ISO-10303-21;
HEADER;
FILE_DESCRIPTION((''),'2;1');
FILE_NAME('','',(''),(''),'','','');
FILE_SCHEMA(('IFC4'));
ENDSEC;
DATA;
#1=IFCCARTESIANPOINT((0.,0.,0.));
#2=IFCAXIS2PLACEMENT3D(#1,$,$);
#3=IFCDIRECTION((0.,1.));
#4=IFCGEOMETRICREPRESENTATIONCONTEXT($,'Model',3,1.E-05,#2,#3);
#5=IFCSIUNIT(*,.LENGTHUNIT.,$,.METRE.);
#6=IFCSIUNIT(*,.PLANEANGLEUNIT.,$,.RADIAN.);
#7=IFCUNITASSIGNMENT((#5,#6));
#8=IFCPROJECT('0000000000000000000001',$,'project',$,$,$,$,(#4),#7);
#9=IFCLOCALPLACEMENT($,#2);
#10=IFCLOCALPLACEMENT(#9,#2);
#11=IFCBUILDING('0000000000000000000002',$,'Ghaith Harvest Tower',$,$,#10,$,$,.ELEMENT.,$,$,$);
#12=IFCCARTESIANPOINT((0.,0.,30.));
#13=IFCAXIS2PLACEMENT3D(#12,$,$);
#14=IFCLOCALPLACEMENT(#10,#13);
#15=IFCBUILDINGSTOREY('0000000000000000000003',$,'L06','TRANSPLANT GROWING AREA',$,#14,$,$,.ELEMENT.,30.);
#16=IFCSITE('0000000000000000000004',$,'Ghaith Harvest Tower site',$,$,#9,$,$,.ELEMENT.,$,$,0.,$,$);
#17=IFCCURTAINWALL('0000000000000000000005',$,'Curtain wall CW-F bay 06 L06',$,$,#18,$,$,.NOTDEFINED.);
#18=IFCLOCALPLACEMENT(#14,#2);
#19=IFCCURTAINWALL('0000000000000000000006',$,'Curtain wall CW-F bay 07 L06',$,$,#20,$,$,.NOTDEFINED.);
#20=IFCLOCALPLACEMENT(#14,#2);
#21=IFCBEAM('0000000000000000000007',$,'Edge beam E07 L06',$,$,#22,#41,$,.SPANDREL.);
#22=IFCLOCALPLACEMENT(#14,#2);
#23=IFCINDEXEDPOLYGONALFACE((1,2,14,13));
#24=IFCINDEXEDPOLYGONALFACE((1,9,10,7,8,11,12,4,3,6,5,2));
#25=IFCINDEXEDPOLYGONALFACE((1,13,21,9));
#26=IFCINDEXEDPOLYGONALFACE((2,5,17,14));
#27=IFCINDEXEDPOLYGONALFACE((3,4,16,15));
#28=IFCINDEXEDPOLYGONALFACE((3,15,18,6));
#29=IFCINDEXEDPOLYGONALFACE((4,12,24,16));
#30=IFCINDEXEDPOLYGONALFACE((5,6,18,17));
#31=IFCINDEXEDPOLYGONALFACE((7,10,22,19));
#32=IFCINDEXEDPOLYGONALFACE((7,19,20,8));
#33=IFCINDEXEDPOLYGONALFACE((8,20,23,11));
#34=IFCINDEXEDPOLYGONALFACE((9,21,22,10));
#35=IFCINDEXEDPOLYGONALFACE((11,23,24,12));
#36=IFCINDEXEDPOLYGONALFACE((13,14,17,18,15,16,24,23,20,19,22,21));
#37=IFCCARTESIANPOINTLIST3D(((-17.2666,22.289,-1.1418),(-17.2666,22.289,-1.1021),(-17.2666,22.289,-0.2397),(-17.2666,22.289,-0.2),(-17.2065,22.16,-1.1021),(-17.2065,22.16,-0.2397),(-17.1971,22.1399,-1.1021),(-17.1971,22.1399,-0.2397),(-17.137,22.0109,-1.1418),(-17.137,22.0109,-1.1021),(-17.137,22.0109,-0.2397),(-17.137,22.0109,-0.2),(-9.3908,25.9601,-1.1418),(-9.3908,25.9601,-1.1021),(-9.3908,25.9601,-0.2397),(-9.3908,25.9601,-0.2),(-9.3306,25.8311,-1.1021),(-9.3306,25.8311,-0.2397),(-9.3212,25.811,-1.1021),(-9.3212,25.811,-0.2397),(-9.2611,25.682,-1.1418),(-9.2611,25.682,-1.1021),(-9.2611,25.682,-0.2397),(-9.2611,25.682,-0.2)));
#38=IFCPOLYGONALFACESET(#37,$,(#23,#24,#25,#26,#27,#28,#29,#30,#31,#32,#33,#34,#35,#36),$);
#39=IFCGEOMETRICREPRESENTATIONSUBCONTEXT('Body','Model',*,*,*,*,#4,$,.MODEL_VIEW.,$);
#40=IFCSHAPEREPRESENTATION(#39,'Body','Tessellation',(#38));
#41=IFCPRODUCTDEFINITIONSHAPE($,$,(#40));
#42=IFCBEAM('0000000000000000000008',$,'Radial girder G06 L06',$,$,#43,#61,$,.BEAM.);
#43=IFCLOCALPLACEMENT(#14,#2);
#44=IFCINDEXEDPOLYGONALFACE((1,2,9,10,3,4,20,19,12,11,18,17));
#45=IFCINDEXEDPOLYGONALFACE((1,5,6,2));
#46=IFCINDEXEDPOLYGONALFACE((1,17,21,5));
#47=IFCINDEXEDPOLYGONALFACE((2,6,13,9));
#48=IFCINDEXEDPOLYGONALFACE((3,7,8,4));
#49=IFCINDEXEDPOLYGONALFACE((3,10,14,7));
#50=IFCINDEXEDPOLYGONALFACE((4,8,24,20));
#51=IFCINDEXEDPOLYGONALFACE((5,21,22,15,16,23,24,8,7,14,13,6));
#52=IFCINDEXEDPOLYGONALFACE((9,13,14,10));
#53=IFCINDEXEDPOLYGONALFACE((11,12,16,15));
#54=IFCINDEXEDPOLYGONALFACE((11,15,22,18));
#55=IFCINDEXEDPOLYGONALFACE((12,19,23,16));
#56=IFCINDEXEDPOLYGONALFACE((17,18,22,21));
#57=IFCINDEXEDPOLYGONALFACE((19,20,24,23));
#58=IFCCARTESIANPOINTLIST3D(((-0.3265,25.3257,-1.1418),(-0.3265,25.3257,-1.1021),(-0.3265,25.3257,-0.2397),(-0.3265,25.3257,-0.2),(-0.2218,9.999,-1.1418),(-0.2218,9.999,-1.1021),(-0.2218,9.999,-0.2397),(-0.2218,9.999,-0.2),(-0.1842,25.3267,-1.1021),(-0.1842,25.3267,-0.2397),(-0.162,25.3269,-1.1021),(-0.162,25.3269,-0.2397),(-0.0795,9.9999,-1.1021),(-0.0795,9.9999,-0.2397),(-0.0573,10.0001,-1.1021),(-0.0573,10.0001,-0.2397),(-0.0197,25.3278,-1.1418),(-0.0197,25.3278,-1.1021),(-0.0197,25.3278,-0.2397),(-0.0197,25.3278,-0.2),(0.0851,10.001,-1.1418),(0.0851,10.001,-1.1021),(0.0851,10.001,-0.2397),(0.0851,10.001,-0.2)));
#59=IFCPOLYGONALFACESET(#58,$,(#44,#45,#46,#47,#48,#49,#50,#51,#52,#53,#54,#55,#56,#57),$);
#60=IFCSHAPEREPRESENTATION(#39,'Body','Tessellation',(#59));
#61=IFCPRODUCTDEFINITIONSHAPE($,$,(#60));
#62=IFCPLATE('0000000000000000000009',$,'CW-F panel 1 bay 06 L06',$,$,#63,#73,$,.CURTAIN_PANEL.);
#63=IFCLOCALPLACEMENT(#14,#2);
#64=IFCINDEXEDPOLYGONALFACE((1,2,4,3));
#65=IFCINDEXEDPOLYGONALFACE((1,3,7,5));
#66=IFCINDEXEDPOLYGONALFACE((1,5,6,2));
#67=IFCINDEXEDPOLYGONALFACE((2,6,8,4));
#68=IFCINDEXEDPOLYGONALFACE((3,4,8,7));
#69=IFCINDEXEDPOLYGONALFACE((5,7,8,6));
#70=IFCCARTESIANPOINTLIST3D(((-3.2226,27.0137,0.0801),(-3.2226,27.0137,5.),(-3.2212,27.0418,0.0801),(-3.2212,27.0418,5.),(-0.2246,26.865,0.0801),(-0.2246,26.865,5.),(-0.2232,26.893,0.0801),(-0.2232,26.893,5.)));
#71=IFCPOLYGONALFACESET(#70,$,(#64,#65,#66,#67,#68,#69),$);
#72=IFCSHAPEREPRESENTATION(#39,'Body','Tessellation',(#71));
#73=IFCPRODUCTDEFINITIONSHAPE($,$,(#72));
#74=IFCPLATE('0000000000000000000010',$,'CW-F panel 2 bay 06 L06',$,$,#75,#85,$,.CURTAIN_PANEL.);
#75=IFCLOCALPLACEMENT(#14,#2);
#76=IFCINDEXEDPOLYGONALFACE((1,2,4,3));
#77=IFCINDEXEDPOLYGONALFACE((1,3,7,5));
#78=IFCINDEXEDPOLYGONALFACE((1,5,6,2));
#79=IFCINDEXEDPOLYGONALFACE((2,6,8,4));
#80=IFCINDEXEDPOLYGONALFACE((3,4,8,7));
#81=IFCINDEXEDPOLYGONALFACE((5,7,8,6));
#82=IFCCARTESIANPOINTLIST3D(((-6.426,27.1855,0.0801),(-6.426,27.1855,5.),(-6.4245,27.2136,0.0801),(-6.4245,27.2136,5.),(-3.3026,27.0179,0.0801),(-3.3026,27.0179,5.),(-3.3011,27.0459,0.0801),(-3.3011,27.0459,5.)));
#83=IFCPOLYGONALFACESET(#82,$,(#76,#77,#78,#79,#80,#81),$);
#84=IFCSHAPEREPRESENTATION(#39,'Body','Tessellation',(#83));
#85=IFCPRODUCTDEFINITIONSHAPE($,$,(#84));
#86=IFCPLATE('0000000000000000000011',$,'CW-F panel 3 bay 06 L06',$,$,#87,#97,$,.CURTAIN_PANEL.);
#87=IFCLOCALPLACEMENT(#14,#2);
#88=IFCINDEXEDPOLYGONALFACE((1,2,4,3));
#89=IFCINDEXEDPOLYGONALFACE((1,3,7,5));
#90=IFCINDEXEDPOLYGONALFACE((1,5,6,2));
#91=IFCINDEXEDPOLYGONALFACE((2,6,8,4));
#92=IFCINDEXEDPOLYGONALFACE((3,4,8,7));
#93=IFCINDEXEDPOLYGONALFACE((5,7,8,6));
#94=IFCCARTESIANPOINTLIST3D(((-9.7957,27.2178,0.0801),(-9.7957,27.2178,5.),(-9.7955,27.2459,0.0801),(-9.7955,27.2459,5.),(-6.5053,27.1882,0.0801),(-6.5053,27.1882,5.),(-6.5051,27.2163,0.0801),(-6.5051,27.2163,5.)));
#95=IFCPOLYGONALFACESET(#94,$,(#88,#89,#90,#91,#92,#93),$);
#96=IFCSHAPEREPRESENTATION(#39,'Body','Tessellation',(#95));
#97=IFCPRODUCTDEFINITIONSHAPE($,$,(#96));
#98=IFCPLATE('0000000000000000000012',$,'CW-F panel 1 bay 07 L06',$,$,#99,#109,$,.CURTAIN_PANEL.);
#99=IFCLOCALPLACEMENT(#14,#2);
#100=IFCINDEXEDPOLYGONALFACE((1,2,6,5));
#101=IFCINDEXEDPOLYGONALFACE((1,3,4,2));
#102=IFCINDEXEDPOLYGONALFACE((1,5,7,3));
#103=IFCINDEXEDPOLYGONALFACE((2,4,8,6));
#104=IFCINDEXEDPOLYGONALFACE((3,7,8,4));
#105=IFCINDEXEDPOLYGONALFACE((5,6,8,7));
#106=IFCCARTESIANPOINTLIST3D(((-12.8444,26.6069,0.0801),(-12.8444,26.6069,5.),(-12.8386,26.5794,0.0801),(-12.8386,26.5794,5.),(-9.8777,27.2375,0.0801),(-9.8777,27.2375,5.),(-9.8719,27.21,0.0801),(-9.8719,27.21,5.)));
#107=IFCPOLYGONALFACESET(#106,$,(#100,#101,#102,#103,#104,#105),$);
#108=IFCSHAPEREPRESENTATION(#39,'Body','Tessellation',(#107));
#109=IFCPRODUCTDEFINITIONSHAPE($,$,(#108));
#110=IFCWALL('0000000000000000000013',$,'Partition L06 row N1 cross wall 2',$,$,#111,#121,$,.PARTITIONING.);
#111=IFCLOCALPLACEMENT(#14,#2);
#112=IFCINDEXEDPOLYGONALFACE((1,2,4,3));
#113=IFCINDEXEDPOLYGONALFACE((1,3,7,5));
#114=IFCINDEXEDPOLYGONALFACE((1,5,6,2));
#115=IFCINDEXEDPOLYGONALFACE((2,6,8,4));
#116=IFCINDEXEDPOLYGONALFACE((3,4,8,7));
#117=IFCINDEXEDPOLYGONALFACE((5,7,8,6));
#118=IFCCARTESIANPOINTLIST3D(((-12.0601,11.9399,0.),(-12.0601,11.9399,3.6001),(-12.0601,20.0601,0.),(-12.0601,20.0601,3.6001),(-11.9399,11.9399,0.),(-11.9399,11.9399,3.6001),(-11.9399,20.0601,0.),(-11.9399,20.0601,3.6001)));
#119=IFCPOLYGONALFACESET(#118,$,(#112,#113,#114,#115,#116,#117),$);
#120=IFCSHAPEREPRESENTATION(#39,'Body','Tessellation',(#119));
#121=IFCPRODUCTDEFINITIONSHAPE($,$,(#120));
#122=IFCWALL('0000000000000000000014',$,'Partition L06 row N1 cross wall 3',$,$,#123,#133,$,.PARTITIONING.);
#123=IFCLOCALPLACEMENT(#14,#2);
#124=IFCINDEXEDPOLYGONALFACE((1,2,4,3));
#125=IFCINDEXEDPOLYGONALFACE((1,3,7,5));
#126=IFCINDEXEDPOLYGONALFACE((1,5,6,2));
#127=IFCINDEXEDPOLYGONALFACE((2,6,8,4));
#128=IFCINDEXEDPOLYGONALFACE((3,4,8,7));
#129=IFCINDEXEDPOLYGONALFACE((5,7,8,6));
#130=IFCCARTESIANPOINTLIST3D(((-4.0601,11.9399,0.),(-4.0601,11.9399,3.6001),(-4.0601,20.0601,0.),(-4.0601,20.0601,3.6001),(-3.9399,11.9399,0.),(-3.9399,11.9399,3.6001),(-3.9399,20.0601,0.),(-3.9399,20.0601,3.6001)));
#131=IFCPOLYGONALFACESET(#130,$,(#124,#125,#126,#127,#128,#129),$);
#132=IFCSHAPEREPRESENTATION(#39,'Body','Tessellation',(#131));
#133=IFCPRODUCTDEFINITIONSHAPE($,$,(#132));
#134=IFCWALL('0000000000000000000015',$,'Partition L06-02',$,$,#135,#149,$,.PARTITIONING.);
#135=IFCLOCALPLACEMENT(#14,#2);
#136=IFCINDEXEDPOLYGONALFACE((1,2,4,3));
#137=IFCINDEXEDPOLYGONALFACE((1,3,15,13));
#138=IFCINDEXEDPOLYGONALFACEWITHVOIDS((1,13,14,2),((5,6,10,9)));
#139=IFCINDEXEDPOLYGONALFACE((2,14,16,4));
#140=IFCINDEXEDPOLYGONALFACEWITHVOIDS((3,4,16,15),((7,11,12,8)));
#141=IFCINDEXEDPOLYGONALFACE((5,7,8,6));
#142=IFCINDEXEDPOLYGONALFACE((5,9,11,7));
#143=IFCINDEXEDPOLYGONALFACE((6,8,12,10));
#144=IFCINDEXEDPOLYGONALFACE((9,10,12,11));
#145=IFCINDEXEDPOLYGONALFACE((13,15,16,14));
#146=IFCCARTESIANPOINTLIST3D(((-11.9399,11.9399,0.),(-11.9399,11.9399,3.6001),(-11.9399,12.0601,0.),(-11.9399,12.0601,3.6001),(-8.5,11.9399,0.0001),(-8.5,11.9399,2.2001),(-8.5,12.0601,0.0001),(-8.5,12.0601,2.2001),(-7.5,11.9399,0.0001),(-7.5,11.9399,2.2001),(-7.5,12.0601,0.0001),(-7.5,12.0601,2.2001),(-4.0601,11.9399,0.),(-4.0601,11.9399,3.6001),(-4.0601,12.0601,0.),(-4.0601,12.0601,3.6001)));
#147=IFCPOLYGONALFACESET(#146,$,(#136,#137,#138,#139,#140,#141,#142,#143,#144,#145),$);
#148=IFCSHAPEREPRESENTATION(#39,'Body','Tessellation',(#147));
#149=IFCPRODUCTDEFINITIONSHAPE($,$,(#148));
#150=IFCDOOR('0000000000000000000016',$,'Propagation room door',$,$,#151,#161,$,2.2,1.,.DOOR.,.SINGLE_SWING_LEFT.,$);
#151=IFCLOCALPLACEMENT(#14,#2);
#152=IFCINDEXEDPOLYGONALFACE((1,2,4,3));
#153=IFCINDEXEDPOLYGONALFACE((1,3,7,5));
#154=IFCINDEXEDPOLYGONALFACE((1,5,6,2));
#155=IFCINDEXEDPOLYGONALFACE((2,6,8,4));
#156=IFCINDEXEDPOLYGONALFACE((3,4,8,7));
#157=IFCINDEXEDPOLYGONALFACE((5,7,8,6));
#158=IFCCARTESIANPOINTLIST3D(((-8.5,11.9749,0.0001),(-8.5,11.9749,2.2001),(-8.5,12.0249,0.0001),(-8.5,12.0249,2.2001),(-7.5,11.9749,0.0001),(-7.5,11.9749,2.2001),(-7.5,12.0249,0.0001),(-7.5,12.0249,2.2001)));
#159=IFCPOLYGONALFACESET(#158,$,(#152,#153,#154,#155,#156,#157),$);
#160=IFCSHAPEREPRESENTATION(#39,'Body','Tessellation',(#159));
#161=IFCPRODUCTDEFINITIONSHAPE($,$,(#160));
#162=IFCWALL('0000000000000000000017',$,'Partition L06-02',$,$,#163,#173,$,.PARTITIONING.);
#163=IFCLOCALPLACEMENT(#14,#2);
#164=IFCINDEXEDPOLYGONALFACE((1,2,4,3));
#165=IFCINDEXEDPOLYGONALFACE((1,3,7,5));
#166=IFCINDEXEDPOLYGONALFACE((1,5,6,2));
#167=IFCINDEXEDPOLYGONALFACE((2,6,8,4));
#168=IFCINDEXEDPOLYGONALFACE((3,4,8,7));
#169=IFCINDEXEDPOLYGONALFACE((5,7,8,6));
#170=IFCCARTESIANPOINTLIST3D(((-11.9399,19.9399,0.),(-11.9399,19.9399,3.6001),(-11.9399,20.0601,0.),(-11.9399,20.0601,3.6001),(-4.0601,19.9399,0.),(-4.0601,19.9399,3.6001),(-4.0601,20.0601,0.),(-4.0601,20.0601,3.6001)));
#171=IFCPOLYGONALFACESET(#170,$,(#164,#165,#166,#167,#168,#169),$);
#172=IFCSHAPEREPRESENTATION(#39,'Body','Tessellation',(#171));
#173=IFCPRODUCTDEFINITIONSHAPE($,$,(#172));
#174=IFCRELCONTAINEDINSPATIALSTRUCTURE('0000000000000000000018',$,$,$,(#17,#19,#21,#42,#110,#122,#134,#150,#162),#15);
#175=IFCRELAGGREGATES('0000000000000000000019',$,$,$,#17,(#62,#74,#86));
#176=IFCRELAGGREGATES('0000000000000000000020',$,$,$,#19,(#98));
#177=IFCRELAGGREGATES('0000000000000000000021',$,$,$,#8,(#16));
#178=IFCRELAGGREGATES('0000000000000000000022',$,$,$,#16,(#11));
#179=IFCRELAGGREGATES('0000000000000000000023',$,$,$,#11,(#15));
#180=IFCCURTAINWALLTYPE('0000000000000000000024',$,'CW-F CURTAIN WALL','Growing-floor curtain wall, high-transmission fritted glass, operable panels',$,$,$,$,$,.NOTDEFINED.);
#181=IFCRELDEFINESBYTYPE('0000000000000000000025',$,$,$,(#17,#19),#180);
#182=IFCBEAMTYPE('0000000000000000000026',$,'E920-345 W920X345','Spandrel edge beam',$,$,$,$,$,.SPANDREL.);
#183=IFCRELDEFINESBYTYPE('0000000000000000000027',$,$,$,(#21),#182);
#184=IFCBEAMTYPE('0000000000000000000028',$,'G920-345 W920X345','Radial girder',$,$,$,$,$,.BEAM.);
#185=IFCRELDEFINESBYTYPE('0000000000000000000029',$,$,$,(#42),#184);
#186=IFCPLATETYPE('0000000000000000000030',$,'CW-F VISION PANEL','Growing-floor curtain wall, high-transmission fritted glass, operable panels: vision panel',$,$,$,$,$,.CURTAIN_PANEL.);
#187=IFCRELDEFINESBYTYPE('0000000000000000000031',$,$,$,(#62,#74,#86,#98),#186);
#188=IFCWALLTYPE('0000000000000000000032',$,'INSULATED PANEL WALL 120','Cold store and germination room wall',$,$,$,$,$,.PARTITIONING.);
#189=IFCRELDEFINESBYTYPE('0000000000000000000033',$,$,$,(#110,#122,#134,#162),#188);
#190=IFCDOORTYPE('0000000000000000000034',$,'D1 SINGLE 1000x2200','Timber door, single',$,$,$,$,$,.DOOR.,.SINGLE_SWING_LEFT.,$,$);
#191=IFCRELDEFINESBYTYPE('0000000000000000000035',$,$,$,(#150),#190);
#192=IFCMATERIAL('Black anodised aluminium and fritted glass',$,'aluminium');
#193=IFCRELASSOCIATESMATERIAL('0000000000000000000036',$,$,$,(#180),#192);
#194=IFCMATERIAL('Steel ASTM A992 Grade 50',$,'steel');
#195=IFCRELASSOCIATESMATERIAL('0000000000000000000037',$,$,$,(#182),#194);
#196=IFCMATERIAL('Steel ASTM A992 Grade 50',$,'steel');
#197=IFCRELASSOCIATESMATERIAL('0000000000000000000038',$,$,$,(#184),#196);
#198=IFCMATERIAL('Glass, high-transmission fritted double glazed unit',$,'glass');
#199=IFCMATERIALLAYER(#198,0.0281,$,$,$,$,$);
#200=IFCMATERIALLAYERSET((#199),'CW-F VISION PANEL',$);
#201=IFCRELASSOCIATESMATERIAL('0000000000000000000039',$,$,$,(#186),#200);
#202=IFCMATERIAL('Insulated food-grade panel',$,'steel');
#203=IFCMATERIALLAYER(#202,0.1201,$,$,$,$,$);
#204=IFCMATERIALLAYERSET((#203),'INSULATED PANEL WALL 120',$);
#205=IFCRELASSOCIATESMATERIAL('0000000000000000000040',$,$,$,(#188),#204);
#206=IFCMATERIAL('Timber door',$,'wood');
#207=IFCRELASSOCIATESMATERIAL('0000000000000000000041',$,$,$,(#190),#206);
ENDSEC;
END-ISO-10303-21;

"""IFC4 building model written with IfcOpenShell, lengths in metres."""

from ifc_helpers import new_model, si_unit, direction, frame, frame_2d, origin, origin_2d, place, context, subcontext, project, spatial, rectangle, i_section, extrude, material, layer, layer_set, material_profile, profile_set, type_object, element, fill, aggregate, save


model = new_model("IFC4")

# Units and contexts
model_context = context("Model", 3, precision=1e-05, world=origin(), true_north=direction((0.0, 1.0)))
body_context = subcontext(model_context, "Body", "Model", "MODEL_VIEW")
ifc_project = project(units=[si_unit("LENGTHUNIT", "METRE"), si_unit("PLANEANGLEUNIT", "RADIAN")], contexts=[model_context])

# Site, building, storey
site_placement = place(None, origin())
site = spatial("IfcSite", under=ifc_project, at=site_placement, Name="Ghaith Harvest Tower site", CompositionType="ELEMENT", RefElevation=0.0)
building_placement = place(site_placement, origin())
building = spatial("IfcBuilding", under=site, at=building_placement, Name="Ghaith Harvest Tower", CompositionType="ELEMENT")
storey_placement = place(building_placement, frame((0.0, 0.0, 30.0)))
storey = spatial("IfcBuildingStorey", under=building, at=storey_placement, Name="L06", Description="TRANSPLANT GROWING AREA", CompositionType="ELEMENT", Elevation=30.0)

# Curtain walls
ifc_material_1 = material(Name="Black anodised aluminium and fritted glass", Category="aluminium")
curtain_wall_type = type_object("IfcCurtainWallType", Name="CW-F CURTAIN WALL", Description="Growing-floor curtain wall, high-transmission fritted glass, operable panels", PredefinedType="NOTDEFINED", material=ifc_material_1)
curtain_wall_1_placement = place(storey_placement, origin())
curtain_wall_1 = element("IfcCurtainWall", 1, at=curtain_wall_1_placement, inside=storey, type_object=curtain_wall_type, Name="Curtain wall CW-F bay 06 L06", PredefinedType="NOTDEFINED")
curtain_wall_2_placement = place(storey_placement, origin())
curtain_wall_2 = element("IfcCurtainWall", 2, at=curtain_wall_2_placement, inside=storey, type_object=curtain_wall_type, Name="Curtain wall CW-F bay 07 L06", PredefinedType="NOTDEFINED")

# Beams
ifc_material_2 = material(Name="Steel ASTM A992 Grade 50", Category="steel")
ifc_material_profile_1 = material_profile(ifc_material_2, i_section(OverallWidth=0.3069, OverallDepth=0.9419, WebThickness=0.0222, FlangeThickness=0.0398, at=origin_2d()), Name="W920X345")
ifc_profile_set_1 = profile_set([ifc_material_profile_1], Name="Steel ASTM A992 Grade 50")
beam_type_1 = type_object("IfcBeamType", Name="E920-345 W920X345", Description="Spandrel edge beam", PredefinedType="SPANDREL", material=ifc_profile_set_1)
beam_1_placement = place(storey_placement, frame((-9.3259, 25.821, -0.6709), z_axis=(-0.906373, -0.422478, 0.0), x_axis=(0.422478, -0.906373, 0.0)))
element("IfcBeam", 3, at=beam_1_placement, inside=storey, type_object=beam_type_1, Name="Edge beam E07 L06", PredefinedType="SPANDREL", context=body_context, shape_type="SweptSolid", body=[
    extrude(i_section(OverallWidth=0.3069, OverallDepth=0.9419, WebThickness=0.0222, FlangeThickness=0.0398, at=origin_2d()), origin(), (0.0, 0.0, 1.0), 8.6895),
])
ifc_material_3 = material(Name="Steel ASTM A992 Grade 50", Category="steel")
ifc_material_profile_2 = material_profile(ifc_material_3, i_section(OverallWidth=0.3069, OverallDepth=0.9419, WebThickness=0.0222, FlangeThickness=0.0398, at=origin_2d()), Name="W920X345")
ifc_profile_set_2 = profile_set([ifc_material_profile_2], Name="Steel ASTM A992 Grade 50")
beam_type_2 = type_object("IfcBeamType", Name="G920-345 W920X345", Description="Radial girder", PredefinedType="BEAM", material=ifc_profile_set_2)
beam_2_placement = place(storey_placement, frame((-0.0684, 10.0, -0.6709), z_axis=(-0.006833, 0.999977, 0.0), x_axis=(-0.999977, -0.006833, 0.0)))
element("IfcBeam", 4, at=beam_2_placement, inside=storey, type_object=beam_type_2, Name="Radial girder G06 L06", PredefinedType="BEAM", context=body_context, shape_type="SweptSolid", body=[
    extrude(i_section(OverallWidth=0.3069, OverallDepth=0.9419, WebThickness=0.0222, FlangeThickness=0.0398, at=origin_2d()), origin(), (0.0, 0.0, 1.0), 15.3271),
])

# Plates
ifc_material_4 = material(Name="Glass, high-transmission fritted double glazed unit", Category="glass")
ifc_layer_1 = layer(ifc_material_4, 0.0281)
ifc_layer_set_1 = layer_set([ifc_layer_1], Name="CW-F VISION PANEL")
plate_type = type_object("IfcPlateType", Name="CW-F VISION PANEL", Description="Growing-floor curtain wall, high-transmission fritted glass, operable panels: vision panel", PredefinedType="CURTAIN_PANEL", material=ifc_layer_set_1)
plate_1_placement = place(storey_placement, frame((-1.7229, 26.9534, 0.0801), z_axis=(0.0, 0.0, 1.0), x_axis=(-0.998771, 0.049554, 0.0)))
plate_1 = element("IfcPlate", 5, at=plate_1_placement, type_object=plate_type, Name="CW-F panel 1 bay 06 L06", PredefinedType="CURTAIN_PANEL", context=body_context, shape_type="SweptSolid", body=[
    extrude(rectangle(XDim=3.0017, YDim=0.0281, at=origin_2d()), origin(), (0.0, 0.0, 1.0), 4.9199),
])
plate_2_placement = place(storey_placement, frame((-4.8635, 27.1157, 0.0801), z_axis=(0.0, 0.0, 1.0), x_axis=(-0.998563, 0.0536, 0.0)))
plate_2 = element("IfcPlate", 6, at=plate_2_placement, type_object=plate_type, Name="CW-F panel 2 bay 06 L06", PredefinedType="CURTAIN_PANEL", context=body_context, shape_type="SweptSolid", body=[
    extrude(rectangle(XDim=3.1279, YDim=0.0281, at=origin_2d()), origin(), (0.0, 0.0, 1.0), 4.9199),
])
plate_3_placement = place(storey_placement, frame((-8.1504, 27.217, 0.0801), z_axis=(0.0, 0.0, 1.0), x_axis=(-0.99996, 0.008988, 0.0)))
plate_3 = element("IfcPlate", 7, at=plate_3_placement, type_object=plate_type, Name="CW-F panel 3 bay 06 L06", PredefinedType="CURTAIN_PANEL", context=body_context, shape_type="SweptSolid", body=[
    extrude(rectangle(XDim=3.2905, YDim=0.0281, at=origin_2d()), origin(), (0.0, 0.0, 1.0), 4.9199),
])
aggregate(curtain_wall_1, [plate_1, plate_2, plate_3])
plate_4_placement = place(storey_placement, frame((-11.3582, 26.9084, 0.0801), z_axis=(0.0, 0.0, 1.0), x_axis=(-0.978149, -0.207904, 0.0)))
plate_4 = element("IfcPlate", 8, at=plate_4_placement, type_object=plate_type, Name="CW-F panel 1 bay 07 L06", PredefinedType="CURTAIN_PANEL", context=body_context, shape_type="SweptSolid", body=[
    extrude(rectangle(XDim=3.033, YDim=0.0281, at=origin_2d()), origin(), (0.0, 0.0, 1.0), 4.9199),
])
aggregate(curtain_wall_2, [plate_4])

# Walls
ifc_material_5 = material(Name="Insulated food-grade panel", Category="steel")
ifc_layer_2 = layer(ifc_material_5, 0.1201)
ifc_layer_set_2 = layer_set([ifc_layer_2], Name="INSULATED PANEL WALL 120")
wall_type = type_object("IfcWallType", Name="INSULATED PANEL WALL 120", Description="Cold store and germination room wall", PredefinedType="PARTITIONING", material=ifc_layer_set_2)
for number, where, z_axis, x_axis, name in (
    (9, (-12.0, 11.9399, 0.0), (0.0, 0.0, 1.0), (0.0, 1.0, 0.0), "Partition L06 row N1 cross wall 2"),
    (10, (-4.0, 11.9399, 0.0), (0.0, 0.0, 1.0), (0.0, 1.0, 0.0), "Partition L06 row N1 cross wall 3"),
):
    element("IfcWall", number, at=place(storey_placement, frame(where, z_axis=z_axis, x_axis=x_axis)), inside=storey, type_object=wall_type, Name=name, PredefinedType="PARTITIONING", context=body_context, shape_type="SweptSolid", body=[
        extrude(rectangle(XDim=8.1201, YDim=0.1201, at=frame_2d((4.0601, 0.0))), origin(), (0.0, 0.0, 1.0), 3.6001),
    ])

# Wall, opening, door
wall_1_placement = place(storey_placement, frame((-11.9399, 12.0, 0.0), z_axis=(0.0, 0.0, 1.0), x_axis=(1.0, 0.0, 0.0)))
wall_1 = element("IfcWall", 11, at=wall_1_placement, inside=storey, type_object=wall_type, Name="Partition L06-02", PredefinedType="PARTITIONING", context=body_context, shape_type="SweptSolid", body=[
    extrude(rectangle(XDim=7.8799, YDim=0.1201, at=frame_2d((3.9399, 0.0))), origin(), (0.0, 0.0, 1.0), 3.6001),
])
opening_1_placement = place(wall_1_placement, frame((3.4399, 0.0, 0.0)))
opening_1 = element("IfcOpeningElement", 12, at=opening_1_placement, cuts=wall_1, PredefinedType="OPENING", context=body_context, shape_type="SweptSolid", body=[
    extrude(rectangle(XDim=1.0, YDim=2.2, at=frame_2d((0.5, 1.1001))), frame((0.0, 0.0701, 0.0), z_axis=(0.0, -1.0, 0.0), x_axis=(1.0, 0.0, 0.0)), (0.0, 0.0, 1.0), 0.1401),
])
ifc_material_6 = material(Name="Timber door", Category="wood")
door_type = type_object("IfcDoorType", Name="D1 SINGLE 1000x2200", Description="Timber door, single", OperationType="SINGLE_SWING_LEFT", PredefinedType="DOOR", material=ifc_material_6)
door_1_placement = place(opening_1_placement, origin())
door_1 = element("IfcDoor", 13, at=door_1_placement, inside=storey, type_object=door_type, Name="Propagation room door", OperationType="SINGLE_SWING_LEFT", OverallHeight=2.2, OverallWidth=1.0, PredefinedType="DOOR", context=body_context, shape_type="SweptSolid", body=[
    extrude(rectangle(XDim=1.0, YDim=2.2, at=frame_2d((0.5, 1.1001))), frame((0.0, 0.0249, 0.0), z_axis=(0.0, -1.0, 0.0), x_axis=(1.0, 0.0, 0.0)), (0.0, 0.0, 1.0), 0.05),
])
fill(opening_1, door_1)

# Wall
wall_2_placement = place(storey_placement, frame((-11.9399, 20.0, 0.0), z_axis=(0.0, 0.0, 1.0), x_axis=(1.0, 0.0, 0.0)))
element("IfcWall", 14, at=wall_2_placement, inside=storey, type_object=wall_type, Name="Partition L06-02", PredefinedType="PARTITIONING", context=body_context, shape_type="SweptSolid", body=[
    extrude(rectangle(XDim=7.8799, YDim=0.1201, at=frame_2d((3.9399, 0.0))), origin(), (0.0, 0.0, 1.0), 3.6001),
])

save(model, "model.ifc")
